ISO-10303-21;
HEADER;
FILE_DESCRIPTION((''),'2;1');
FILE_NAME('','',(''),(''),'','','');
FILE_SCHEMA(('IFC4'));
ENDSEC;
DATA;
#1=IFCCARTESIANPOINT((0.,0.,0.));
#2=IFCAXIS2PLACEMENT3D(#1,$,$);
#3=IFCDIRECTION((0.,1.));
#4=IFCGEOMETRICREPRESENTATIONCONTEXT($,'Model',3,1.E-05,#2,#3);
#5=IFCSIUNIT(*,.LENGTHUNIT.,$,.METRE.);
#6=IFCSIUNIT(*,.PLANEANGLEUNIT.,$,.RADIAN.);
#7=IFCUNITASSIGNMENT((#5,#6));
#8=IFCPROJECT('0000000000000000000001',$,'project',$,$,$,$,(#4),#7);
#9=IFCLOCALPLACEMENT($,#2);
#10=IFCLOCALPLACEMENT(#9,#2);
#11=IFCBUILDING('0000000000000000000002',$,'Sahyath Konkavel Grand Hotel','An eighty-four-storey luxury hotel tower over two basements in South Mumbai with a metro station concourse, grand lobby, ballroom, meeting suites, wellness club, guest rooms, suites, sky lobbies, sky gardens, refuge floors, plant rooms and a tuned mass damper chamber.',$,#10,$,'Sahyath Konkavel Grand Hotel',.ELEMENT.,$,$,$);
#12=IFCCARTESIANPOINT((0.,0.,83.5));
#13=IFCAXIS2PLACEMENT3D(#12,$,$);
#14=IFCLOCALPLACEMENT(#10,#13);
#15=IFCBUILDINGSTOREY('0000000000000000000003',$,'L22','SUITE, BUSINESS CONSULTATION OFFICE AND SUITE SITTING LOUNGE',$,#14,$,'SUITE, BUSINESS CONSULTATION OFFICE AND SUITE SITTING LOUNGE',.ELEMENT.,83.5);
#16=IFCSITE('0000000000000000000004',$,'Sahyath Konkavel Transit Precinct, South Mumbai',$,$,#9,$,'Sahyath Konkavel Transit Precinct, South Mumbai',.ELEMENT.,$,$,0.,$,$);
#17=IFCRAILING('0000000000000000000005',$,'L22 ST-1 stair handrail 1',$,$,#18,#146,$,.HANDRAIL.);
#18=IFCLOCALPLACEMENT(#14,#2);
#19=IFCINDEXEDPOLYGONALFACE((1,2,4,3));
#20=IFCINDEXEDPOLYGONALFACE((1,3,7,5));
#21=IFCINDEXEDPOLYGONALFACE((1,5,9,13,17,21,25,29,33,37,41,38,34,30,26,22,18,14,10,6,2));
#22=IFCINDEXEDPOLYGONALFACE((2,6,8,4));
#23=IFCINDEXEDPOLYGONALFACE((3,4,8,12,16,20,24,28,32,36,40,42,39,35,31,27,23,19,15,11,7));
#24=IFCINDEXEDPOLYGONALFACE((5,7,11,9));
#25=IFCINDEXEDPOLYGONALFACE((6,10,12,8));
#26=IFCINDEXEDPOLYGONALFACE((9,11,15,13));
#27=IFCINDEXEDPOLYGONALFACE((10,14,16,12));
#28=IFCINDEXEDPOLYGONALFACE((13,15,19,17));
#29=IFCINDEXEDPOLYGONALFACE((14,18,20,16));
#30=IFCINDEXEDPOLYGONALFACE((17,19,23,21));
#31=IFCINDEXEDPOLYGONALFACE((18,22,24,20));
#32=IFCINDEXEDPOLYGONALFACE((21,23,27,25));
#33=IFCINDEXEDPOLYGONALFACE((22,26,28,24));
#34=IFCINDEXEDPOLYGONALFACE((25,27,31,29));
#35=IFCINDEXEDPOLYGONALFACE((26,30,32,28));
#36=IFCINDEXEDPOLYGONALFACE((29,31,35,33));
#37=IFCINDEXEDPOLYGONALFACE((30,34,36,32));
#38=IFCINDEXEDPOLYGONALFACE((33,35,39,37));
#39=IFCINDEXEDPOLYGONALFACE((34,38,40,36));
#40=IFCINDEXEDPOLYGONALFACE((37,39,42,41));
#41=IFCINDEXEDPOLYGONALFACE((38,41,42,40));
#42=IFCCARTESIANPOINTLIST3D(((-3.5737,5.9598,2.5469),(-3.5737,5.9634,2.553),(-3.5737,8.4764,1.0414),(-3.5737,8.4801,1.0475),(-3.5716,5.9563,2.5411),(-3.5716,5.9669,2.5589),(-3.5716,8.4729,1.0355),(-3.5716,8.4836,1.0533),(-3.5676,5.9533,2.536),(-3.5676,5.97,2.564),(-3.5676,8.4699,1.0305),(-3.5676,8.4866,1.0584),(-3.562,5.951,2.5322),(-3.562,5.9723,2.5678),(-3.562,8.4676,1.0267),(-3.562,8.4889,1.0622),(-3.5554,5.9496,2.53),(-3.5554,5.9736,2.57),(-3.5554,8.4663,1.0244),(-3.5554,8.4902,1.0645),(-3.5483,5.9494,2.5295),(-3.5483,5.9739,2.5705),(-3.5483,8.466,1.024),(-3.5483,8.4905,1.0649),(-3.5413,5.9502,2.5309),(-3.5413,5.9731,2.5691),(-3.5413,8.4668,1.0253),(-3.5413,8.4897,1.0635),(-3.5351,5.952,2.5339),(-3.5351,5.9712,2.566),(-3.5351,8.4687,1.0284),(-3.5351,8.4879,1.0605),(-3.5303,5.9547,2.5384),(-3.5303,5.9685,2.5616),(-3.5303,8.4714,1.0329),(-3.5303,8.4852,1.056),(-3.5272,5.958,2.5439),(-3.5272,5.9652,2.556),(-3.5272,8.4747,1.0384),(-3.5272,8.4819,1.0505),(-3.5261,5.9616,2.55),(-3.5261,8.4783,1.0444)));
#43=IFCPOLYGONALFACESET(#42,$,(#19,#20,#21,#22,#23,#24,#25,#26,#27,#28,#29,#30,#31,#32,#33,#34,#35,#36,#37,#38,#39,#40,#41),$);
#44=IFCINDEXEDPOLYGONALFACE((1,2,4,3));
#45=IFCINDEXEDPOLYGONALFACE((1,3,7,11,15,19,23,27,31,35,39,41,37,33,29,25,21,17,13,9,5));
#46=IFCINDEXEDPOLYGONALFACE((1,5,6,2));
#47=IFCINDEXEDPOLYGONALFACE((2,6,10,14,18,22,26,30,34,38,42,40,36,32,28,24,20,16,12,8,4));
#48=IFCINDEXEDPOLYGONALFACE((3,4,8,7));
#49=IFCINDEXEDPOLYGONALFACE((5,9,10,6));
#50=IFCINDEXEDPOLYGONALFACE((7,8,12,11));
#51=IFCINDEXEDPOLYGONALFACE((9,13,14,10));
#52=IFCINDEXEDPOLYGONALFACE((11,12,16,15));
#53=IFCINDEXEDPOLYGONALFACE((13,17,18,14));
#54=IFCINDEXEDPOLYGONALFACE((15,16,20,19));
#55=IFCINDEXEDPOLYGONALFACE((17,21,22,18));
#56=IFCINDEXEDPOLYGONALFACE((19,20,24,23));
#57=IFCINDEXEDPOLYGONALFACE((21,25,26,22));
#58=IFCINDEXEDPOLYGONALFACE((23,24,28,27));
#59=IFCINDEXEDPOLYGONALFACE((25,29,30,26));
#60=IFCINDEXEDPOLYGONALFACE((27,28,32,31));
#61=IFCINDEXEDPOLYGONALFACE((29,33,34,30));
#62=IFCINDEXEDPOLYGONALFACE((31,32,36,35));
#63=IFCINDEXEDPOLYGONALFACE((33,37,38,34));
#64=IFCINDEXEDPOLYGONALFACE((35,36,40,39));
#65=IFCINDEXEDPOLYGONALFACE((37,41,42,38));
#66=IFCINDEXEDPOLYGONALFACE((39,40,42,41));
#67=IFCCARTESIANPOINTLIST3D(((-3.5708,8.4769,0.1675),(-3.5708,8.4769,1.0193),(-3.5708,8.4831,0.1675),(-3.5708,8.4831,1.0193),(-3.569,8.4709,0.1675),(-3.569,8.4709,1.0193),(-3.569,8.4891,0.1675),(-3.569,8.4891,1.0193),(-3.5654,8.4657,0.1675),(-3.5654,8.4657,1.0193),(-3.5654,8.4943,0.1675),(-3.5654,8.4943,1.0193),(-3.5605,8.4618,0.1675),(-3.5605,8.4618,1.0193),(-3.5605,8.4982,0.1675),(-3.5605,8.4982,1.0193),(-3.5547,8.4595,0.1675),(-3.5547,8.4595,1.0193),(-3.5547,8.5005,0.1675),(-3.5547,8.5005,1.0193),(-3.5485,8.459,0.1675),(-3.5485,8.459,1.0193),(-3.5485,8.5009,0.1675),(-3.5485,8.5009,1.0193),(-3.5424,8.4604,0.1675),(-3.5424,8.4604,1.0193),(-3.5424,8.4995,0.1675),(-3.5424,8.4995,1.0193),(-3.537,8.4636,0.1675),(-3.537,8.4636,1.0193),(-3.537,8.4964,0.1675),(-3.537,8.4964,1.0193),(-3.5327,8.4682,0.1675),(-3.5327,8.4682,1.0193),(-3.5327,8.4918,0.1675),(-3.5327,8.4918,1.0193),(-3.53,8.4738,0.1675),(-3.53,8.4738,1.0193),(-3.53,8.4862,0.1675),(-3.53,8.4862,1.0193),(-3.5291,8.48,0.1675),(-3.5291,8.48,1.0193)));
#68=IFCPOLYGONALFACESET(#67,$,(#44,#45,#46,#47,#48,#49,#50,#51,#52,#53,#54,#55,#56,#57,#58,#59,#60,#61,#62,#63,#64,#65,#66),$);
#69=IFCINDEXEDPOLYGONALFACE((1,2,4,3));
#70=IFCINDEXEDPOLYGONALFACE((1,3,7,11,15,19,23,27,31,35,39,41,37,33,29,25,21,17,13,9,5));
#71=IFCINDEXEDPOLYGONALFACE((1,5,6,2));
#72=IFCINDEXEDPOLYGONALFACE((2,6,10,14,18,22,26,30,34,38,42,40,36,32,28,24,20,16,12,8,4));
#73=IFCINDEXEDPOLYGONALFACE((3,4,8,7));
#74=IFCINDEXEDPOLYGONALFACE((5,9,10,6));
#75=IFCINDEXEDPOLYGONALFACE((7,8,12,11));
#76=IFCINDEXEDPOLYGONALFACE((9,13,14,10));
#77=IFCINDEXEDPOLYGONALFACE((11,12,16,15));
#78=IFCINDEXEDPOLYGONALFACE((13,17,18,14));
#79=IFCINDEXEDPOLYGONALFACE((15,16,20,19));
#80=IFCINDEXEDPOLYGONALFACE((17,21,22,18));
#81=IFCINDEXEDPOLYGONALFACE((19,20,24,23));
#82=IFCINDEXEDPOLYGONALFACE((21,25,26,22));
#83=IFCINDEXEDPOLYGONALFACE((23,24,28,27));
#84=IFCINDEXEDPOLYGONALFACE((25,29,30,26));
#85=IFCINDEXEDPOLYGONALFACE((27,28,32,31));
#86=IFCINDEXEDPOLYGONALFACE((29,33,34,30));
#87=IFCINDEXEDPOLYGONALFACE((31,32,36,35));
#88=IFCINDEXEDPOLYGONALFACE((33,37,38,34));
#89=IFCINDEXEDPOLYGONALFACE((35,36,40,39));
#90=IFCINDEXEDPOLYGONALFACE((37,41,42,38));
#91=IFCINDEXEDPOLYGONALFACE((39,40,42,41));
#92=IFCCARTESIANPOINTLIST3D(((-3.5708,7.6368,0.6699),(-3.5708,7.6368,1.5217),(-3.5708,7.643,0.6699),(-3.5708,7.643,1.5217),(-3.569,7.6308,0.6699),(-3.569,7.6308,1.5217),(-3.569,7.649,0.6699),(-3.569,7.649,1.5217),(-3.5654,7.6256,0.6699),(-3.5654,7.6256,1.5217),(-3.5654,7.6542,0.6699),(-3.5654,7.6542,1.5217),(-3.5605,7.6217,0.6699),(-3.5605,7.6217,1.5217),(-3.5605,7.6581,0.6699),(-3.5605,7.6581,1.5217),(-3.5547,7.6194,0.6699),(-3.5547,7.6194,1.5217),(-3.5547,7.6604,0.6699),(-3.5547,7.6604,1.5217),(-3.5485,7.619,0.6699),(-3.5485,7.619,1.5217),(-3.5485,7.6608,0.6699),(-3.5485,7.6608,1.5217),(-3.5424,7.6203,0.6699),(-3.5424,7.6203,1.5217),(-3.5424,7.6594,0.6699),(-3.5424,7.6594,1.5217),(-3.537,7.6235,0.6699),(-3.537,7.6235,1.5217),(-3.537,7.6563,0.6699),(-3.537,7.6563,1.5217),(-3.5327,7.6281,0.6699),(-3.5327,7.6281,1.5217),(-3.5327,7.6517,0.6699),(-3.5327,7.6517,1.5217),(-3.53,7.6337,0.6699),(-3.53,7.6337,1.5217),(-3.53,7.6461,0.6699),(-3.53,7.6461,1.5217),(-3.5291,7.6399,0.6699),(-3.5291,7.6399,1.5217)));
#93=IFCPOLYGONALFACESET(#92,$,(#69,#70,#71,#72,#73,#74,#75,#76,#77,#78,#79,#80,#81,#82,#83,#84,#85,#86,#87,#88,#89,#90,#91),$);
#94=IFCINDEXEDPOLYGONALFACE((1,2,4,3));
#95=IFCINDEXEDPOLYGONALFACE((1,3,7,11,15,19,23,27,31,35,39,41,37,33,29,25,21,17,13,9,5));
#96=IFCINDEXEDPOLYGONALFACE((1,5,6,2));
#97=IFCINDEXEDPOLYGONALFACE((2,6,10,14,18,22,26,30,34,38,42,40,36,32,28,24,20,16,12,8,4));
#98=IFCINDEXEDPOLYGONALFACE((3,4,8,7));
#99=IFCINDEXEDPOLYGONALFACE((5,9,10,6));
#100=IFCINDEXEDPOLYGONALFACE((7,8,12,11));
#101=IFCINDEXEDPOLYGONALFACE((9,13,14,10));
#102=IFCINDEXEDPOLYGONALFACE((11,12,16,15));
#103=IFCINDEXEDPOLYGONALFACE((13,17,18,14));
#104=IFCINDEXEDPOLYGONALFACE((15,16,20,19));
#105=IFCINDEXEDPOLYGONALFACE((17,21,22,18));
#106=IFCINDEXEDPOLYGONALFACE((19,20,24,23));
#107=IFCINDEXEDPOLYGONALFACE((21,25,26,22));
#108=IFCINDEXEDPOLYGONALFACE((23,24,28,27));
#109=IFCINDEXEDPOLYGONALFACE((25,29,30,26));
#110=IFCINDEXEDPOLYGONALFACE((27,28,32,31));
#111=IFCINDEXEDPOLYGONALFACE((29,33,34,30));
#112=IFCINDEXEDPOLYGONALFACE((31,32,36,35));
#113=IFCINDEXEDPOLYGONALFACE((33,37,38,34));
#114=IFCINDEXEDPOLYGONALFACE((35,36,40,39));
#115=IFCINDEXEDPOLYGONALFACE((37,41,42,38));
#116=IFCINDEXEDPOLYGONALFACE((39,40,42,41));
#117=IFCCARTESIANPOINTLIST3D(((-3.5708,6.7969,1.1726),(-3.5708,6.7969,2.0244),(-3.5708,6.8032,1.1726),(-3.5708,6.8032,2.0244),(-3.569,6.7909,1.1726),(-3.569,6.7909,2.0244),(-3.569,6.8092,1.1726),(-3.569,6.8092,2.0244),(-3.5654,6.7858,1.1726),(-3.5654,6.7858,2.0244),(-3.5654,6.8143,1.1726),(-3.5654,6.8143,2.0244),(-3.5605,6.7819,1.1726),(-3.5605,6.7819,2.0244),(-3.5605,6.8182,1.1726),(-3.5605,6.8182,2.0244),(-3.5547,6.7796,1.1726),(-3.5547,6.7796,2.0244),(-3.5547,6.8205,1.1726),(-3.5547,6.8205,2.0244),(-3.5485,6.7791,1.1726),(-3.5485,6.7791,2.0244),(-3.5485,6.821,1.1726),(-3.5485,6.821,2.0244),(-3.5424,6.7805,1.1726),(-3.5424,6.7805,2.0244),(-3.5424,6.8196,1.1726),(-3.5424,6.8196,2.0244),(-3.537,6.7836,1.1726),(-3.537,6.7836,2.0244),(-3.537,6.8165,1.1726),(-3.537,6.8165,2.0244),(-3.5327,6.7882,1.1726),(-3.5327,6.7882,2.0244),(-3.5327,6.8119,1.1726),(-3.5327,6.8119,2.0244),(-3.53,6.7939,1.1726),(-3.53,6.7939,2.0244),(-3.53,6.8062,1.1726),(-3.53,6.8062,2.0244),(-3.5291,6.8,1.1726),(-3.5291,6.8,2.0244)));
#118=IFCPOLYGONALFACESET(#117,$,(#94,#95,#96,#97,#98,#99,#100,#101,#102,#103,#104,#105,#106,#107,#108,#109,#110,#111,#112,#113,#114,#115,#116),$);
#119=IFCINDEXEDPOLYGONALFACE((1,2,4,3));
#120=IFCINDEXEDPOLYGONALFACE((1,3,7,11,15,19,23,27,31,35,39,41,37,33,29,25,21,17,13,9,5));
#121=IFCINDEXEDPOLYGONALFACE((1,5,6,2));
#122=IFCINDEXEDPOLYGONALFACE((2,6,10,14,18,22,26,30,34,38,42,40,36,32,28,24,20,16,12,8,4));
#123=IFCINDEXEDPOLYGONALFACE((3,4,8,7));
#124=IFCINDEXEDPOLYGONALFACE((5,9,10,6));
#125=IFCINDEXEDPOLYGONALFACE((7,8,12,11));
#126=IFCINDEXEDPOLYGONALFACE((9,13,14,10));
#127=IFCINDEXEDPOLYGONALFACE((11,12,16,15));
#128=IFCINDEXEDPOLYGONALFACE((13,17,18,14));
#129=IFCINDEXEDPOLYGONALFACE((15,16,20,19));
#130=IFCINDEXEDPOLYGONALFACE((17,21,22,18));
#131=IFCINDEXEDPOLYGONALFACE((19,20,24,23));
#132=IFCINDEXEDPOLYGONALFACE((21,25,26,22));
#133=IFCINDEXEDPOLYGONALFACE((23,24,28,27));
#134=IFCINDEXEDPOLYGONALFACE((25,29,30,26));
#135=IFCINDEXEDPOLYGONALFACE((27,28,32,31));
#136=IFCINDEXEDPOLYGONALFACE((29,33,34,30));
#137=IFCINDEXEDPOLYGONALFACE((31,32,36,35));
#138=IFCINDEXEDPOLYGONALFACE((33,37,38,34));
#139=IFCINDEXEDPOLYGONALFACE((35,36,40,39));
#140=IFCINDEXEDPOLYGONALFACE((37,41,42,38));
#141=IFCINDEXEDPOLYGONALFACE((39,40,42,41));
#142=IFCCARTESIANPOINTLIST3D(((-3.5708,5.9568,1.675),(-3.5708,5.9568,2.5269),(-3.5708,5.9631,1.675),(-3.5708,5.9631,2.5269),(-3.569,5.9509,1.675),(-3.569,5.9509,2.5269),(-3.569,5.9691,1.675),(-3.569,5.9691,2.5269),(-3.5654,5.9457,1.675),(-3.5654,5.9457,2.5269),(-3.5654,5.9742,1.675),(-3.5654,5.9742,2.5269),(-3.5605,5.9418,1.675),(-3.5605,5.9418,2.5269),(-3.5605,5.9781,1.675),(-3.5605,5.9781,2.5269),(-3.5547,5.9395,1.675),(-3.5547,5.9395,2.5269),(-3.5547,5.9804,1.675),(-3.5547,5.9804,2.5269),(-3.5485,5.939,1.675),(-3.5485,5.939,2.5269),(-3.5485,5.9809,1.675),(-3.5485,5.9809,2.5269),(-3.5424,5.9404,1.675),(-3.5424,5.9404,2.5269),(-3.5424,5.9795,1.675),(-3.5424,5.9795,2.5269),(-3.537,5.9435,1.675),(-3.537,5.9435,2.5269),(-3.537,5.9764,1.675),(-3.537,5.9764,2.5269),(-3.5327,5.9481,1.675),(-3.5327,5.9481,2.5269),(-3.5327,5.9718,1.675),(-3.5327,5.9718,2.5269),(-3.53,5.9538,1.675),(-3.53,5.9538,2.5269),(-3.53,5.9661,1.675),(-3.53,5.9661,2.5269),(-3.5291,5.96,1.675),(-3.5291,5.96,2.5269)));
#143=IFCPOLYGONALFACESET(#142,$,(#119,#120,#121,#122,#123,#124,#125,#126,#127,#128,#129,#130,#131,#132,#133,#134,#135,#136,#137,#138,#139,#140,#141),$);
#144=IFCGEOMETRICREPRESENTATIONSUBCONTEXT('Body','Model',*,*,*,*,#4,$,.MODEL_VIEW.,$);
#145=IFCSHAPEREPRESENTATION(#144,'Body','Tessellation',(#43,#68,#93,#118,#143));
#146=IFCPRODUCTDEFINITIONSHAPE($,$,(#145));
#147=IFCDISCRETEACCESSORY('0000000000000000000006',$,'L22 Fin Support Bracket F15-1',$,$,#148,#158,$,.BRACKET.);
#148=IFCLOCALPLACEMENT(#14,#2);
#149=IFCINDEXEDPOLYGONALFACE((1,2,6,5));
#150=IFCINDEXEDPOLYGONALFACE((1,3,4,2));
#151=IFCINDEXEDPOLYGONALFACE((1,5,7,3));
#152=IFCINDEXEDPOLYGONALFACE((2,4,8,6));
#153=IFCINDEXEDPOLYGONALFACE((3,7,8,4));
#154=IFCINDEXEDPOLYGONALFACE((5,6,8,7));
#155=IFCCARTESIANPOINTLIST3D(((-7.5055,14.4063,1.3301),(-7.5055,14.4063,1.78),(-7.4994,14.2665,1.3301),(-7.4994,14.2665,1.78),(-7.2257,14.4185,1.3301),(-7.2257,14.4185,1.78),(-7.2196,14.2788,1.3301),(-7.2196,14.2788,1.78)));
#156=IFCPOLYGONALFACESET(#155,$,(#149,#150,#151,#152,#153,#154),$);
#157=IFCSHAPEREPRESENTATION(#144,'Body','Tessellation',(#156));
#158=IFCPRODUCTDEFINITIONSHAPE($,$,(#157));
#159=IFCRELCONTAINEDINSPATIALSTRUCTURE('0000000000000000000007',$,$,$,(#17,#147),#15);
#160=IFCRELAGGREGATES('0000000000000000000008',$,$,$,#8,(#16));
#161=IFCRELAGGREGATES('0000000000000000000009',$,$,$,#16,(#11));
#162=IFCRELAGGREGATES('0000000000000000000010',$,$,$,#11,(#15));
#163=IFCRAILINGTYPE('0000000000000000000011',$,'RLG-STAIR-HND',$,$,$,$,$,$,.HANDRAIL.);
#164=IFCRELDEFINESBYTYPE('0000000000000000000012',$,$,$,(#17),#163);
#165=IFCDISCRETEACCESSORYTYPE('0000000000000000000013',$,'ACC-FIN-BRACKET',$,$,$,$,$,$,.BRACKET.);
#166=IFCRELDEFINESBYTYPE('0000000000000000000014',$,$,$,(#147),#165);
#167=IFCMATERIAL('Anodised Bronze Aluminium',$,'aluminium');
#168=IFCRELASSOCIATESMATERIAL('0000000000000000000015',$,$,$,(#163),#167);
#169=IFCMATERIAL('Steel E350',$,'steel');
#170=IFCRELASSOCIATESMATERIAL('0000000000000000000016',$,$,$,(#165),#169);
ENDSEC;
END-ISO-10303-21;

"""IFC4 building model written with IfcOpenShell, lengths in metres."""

from ifc_helpers import new_model, si_unit, direction, frame, origin, origin_2d, place, context, subcontext, project, spatial, rectangle, circle, extrude, source, transform, mapped, material, type_object, element, save


model = new_model("IFC4")

# Units and contexts
model_context = context("Model", 3, precision=1e-05, world=origin(), true_north=direction((0.0, 1.0)))
body_context = subcontext(model_context, "Body", "Model", "MODEL_VIEW")
ifc_project = project(units=[si_unit("LENGTHUNIT", "METRE"), si_unit("PLANEANGLEUNIT", "RADIAN")], contexts=[model_context])

# Site, building, storey
site_placement = place(None, origin())
site = spatial("IfcSite", under=ifc_project, at=site_placement, Name="Sahyath Konkavel Transit Precinct, South Mumbai", LongName="Sahyath Konkavel Transit Precinct, South Mumbai", CompositionType="ELEMENT", RefElevation=0.0)
building_placement = place(site_placement, origin())
building = spatial("IfcBuilding", under=site, at=building_placement, Name="Sahyath Konkavel Grand Hotel", Description="An eighty-four-storey luxury hotel tower over two basements in South Mumbai with a metro station concourse, grand lobby, ballroom, meeting suites, wellness club, guest rooms, suites, sky lobbies, sky gardens, refuge floors, plant rooms and a tuned mass damper chamber.", LongName="Sahyath Konkavel Grand Hotel", CompositionType="ELEMENT")
storey_placement = place(building_placement, frame((0.0, 0.0, 83.5)))
storey = spatial("IfcBuildingStorey", under=building, at=storey_placement, Name="L22", Description="SUITE, BUSINESS CONSULTATION OFFICE AND SUITE SITTING LOUNGE", LongName="SUITE, BUSINESS CONSULTATION OFFICE AND SUITE SITTING LOUNGE", CompositionType="ELEMENT", Elevation=83.5)

# Shared definitions
ifc_material_1 = material(Name="Steel E350", Category="steel")

# Shared definitions
ifc_material_2 = material(Name="Anodised Bronze Aluminium", Category="aluminium")

# Railing
railing_type_1 = type_object("IfcRailingType", Name="RLG-STAIR-HND", PredefinedType="HANDRAIL", material=ifc_material_2)
railing_1_placement = place(storey_placement, frame((-3.55, 8.48, 0.1675)))
element("IfcRailing", 1, at=railing_1_placement, inside=storey, type_object=railing_type_1, Name="L22 ST-1 stair handrail 1", PredefinedType="HANDRAIL", context=body_context, shape_type="SweptSolid", body=[
    extrude(circle(Radius=0.0239, at=origin_2d()), frame((0.0, -0.0017, 0.877), z_axis=(0.0, -0.85816, 0.513383), x_axis=(1.0, 0.0, 0.0)), (0.0, 0.0, 1.0), 2.9326),
    extrude(circle(Radius=0.021, at=origin_2d()), origin(), (0.0, 0.0, 1.0), 0.8518),
    extrude(circle(Radius=0.021, at=origin_2d()), frame((0.0, -0.8401, 0.5024)), (0.0, 0.0, 1.0), 0.8518),
    extrude(circle(Radius=0.021, at=origin_2d()), frame((0.0, -1.6799, 1.0051)), (0.0, 0.0, 1.0), 0.8518),
    extrude(circle(Radius=0.021, at=origin_2d()), frame((0.0, -2.52, 1.5076)), (0.0, 0.0, 1.0), 0.8518),
])

# Discrete accessory
discrete_accessory_type = type_object("IfcDiscreteAccessoryType", Name="ACC-FIN-BRACKET", PredefinedType="BRACKET", material=ifc_material_1)
shared_shape_1 = source(origin(), body_context, "Body", "SweptSolid", [
    extrude(rectangle(XDim=0.28, YDim=0.1399, at=origin_2d()), origin(), (0.0, 0.0, 1.0), 0.45),
])
discrete_accessory_placement = place(storey_placement, frame((-7.3625, 14.3425, 1.3301), z_axis=(0.0, 0.0, 1.0), x_axis=(-0.999048, -0.043619, 0.0)))
element("IfcDiscreteAccessory", 2, at=discrete_accessory_placement, inside=storey, type_object=discrete_accessory_type, Name="L22 Fin Support Bracket F15-1", PredefinedType="BRACKET", context=body_context, shape_type="MappedRepresentation", body=[
    mapped(shared_shape_1, transform((0.0, 0.0, 0.0), scale=1.0)),
])

save(model, "model.ifc")
